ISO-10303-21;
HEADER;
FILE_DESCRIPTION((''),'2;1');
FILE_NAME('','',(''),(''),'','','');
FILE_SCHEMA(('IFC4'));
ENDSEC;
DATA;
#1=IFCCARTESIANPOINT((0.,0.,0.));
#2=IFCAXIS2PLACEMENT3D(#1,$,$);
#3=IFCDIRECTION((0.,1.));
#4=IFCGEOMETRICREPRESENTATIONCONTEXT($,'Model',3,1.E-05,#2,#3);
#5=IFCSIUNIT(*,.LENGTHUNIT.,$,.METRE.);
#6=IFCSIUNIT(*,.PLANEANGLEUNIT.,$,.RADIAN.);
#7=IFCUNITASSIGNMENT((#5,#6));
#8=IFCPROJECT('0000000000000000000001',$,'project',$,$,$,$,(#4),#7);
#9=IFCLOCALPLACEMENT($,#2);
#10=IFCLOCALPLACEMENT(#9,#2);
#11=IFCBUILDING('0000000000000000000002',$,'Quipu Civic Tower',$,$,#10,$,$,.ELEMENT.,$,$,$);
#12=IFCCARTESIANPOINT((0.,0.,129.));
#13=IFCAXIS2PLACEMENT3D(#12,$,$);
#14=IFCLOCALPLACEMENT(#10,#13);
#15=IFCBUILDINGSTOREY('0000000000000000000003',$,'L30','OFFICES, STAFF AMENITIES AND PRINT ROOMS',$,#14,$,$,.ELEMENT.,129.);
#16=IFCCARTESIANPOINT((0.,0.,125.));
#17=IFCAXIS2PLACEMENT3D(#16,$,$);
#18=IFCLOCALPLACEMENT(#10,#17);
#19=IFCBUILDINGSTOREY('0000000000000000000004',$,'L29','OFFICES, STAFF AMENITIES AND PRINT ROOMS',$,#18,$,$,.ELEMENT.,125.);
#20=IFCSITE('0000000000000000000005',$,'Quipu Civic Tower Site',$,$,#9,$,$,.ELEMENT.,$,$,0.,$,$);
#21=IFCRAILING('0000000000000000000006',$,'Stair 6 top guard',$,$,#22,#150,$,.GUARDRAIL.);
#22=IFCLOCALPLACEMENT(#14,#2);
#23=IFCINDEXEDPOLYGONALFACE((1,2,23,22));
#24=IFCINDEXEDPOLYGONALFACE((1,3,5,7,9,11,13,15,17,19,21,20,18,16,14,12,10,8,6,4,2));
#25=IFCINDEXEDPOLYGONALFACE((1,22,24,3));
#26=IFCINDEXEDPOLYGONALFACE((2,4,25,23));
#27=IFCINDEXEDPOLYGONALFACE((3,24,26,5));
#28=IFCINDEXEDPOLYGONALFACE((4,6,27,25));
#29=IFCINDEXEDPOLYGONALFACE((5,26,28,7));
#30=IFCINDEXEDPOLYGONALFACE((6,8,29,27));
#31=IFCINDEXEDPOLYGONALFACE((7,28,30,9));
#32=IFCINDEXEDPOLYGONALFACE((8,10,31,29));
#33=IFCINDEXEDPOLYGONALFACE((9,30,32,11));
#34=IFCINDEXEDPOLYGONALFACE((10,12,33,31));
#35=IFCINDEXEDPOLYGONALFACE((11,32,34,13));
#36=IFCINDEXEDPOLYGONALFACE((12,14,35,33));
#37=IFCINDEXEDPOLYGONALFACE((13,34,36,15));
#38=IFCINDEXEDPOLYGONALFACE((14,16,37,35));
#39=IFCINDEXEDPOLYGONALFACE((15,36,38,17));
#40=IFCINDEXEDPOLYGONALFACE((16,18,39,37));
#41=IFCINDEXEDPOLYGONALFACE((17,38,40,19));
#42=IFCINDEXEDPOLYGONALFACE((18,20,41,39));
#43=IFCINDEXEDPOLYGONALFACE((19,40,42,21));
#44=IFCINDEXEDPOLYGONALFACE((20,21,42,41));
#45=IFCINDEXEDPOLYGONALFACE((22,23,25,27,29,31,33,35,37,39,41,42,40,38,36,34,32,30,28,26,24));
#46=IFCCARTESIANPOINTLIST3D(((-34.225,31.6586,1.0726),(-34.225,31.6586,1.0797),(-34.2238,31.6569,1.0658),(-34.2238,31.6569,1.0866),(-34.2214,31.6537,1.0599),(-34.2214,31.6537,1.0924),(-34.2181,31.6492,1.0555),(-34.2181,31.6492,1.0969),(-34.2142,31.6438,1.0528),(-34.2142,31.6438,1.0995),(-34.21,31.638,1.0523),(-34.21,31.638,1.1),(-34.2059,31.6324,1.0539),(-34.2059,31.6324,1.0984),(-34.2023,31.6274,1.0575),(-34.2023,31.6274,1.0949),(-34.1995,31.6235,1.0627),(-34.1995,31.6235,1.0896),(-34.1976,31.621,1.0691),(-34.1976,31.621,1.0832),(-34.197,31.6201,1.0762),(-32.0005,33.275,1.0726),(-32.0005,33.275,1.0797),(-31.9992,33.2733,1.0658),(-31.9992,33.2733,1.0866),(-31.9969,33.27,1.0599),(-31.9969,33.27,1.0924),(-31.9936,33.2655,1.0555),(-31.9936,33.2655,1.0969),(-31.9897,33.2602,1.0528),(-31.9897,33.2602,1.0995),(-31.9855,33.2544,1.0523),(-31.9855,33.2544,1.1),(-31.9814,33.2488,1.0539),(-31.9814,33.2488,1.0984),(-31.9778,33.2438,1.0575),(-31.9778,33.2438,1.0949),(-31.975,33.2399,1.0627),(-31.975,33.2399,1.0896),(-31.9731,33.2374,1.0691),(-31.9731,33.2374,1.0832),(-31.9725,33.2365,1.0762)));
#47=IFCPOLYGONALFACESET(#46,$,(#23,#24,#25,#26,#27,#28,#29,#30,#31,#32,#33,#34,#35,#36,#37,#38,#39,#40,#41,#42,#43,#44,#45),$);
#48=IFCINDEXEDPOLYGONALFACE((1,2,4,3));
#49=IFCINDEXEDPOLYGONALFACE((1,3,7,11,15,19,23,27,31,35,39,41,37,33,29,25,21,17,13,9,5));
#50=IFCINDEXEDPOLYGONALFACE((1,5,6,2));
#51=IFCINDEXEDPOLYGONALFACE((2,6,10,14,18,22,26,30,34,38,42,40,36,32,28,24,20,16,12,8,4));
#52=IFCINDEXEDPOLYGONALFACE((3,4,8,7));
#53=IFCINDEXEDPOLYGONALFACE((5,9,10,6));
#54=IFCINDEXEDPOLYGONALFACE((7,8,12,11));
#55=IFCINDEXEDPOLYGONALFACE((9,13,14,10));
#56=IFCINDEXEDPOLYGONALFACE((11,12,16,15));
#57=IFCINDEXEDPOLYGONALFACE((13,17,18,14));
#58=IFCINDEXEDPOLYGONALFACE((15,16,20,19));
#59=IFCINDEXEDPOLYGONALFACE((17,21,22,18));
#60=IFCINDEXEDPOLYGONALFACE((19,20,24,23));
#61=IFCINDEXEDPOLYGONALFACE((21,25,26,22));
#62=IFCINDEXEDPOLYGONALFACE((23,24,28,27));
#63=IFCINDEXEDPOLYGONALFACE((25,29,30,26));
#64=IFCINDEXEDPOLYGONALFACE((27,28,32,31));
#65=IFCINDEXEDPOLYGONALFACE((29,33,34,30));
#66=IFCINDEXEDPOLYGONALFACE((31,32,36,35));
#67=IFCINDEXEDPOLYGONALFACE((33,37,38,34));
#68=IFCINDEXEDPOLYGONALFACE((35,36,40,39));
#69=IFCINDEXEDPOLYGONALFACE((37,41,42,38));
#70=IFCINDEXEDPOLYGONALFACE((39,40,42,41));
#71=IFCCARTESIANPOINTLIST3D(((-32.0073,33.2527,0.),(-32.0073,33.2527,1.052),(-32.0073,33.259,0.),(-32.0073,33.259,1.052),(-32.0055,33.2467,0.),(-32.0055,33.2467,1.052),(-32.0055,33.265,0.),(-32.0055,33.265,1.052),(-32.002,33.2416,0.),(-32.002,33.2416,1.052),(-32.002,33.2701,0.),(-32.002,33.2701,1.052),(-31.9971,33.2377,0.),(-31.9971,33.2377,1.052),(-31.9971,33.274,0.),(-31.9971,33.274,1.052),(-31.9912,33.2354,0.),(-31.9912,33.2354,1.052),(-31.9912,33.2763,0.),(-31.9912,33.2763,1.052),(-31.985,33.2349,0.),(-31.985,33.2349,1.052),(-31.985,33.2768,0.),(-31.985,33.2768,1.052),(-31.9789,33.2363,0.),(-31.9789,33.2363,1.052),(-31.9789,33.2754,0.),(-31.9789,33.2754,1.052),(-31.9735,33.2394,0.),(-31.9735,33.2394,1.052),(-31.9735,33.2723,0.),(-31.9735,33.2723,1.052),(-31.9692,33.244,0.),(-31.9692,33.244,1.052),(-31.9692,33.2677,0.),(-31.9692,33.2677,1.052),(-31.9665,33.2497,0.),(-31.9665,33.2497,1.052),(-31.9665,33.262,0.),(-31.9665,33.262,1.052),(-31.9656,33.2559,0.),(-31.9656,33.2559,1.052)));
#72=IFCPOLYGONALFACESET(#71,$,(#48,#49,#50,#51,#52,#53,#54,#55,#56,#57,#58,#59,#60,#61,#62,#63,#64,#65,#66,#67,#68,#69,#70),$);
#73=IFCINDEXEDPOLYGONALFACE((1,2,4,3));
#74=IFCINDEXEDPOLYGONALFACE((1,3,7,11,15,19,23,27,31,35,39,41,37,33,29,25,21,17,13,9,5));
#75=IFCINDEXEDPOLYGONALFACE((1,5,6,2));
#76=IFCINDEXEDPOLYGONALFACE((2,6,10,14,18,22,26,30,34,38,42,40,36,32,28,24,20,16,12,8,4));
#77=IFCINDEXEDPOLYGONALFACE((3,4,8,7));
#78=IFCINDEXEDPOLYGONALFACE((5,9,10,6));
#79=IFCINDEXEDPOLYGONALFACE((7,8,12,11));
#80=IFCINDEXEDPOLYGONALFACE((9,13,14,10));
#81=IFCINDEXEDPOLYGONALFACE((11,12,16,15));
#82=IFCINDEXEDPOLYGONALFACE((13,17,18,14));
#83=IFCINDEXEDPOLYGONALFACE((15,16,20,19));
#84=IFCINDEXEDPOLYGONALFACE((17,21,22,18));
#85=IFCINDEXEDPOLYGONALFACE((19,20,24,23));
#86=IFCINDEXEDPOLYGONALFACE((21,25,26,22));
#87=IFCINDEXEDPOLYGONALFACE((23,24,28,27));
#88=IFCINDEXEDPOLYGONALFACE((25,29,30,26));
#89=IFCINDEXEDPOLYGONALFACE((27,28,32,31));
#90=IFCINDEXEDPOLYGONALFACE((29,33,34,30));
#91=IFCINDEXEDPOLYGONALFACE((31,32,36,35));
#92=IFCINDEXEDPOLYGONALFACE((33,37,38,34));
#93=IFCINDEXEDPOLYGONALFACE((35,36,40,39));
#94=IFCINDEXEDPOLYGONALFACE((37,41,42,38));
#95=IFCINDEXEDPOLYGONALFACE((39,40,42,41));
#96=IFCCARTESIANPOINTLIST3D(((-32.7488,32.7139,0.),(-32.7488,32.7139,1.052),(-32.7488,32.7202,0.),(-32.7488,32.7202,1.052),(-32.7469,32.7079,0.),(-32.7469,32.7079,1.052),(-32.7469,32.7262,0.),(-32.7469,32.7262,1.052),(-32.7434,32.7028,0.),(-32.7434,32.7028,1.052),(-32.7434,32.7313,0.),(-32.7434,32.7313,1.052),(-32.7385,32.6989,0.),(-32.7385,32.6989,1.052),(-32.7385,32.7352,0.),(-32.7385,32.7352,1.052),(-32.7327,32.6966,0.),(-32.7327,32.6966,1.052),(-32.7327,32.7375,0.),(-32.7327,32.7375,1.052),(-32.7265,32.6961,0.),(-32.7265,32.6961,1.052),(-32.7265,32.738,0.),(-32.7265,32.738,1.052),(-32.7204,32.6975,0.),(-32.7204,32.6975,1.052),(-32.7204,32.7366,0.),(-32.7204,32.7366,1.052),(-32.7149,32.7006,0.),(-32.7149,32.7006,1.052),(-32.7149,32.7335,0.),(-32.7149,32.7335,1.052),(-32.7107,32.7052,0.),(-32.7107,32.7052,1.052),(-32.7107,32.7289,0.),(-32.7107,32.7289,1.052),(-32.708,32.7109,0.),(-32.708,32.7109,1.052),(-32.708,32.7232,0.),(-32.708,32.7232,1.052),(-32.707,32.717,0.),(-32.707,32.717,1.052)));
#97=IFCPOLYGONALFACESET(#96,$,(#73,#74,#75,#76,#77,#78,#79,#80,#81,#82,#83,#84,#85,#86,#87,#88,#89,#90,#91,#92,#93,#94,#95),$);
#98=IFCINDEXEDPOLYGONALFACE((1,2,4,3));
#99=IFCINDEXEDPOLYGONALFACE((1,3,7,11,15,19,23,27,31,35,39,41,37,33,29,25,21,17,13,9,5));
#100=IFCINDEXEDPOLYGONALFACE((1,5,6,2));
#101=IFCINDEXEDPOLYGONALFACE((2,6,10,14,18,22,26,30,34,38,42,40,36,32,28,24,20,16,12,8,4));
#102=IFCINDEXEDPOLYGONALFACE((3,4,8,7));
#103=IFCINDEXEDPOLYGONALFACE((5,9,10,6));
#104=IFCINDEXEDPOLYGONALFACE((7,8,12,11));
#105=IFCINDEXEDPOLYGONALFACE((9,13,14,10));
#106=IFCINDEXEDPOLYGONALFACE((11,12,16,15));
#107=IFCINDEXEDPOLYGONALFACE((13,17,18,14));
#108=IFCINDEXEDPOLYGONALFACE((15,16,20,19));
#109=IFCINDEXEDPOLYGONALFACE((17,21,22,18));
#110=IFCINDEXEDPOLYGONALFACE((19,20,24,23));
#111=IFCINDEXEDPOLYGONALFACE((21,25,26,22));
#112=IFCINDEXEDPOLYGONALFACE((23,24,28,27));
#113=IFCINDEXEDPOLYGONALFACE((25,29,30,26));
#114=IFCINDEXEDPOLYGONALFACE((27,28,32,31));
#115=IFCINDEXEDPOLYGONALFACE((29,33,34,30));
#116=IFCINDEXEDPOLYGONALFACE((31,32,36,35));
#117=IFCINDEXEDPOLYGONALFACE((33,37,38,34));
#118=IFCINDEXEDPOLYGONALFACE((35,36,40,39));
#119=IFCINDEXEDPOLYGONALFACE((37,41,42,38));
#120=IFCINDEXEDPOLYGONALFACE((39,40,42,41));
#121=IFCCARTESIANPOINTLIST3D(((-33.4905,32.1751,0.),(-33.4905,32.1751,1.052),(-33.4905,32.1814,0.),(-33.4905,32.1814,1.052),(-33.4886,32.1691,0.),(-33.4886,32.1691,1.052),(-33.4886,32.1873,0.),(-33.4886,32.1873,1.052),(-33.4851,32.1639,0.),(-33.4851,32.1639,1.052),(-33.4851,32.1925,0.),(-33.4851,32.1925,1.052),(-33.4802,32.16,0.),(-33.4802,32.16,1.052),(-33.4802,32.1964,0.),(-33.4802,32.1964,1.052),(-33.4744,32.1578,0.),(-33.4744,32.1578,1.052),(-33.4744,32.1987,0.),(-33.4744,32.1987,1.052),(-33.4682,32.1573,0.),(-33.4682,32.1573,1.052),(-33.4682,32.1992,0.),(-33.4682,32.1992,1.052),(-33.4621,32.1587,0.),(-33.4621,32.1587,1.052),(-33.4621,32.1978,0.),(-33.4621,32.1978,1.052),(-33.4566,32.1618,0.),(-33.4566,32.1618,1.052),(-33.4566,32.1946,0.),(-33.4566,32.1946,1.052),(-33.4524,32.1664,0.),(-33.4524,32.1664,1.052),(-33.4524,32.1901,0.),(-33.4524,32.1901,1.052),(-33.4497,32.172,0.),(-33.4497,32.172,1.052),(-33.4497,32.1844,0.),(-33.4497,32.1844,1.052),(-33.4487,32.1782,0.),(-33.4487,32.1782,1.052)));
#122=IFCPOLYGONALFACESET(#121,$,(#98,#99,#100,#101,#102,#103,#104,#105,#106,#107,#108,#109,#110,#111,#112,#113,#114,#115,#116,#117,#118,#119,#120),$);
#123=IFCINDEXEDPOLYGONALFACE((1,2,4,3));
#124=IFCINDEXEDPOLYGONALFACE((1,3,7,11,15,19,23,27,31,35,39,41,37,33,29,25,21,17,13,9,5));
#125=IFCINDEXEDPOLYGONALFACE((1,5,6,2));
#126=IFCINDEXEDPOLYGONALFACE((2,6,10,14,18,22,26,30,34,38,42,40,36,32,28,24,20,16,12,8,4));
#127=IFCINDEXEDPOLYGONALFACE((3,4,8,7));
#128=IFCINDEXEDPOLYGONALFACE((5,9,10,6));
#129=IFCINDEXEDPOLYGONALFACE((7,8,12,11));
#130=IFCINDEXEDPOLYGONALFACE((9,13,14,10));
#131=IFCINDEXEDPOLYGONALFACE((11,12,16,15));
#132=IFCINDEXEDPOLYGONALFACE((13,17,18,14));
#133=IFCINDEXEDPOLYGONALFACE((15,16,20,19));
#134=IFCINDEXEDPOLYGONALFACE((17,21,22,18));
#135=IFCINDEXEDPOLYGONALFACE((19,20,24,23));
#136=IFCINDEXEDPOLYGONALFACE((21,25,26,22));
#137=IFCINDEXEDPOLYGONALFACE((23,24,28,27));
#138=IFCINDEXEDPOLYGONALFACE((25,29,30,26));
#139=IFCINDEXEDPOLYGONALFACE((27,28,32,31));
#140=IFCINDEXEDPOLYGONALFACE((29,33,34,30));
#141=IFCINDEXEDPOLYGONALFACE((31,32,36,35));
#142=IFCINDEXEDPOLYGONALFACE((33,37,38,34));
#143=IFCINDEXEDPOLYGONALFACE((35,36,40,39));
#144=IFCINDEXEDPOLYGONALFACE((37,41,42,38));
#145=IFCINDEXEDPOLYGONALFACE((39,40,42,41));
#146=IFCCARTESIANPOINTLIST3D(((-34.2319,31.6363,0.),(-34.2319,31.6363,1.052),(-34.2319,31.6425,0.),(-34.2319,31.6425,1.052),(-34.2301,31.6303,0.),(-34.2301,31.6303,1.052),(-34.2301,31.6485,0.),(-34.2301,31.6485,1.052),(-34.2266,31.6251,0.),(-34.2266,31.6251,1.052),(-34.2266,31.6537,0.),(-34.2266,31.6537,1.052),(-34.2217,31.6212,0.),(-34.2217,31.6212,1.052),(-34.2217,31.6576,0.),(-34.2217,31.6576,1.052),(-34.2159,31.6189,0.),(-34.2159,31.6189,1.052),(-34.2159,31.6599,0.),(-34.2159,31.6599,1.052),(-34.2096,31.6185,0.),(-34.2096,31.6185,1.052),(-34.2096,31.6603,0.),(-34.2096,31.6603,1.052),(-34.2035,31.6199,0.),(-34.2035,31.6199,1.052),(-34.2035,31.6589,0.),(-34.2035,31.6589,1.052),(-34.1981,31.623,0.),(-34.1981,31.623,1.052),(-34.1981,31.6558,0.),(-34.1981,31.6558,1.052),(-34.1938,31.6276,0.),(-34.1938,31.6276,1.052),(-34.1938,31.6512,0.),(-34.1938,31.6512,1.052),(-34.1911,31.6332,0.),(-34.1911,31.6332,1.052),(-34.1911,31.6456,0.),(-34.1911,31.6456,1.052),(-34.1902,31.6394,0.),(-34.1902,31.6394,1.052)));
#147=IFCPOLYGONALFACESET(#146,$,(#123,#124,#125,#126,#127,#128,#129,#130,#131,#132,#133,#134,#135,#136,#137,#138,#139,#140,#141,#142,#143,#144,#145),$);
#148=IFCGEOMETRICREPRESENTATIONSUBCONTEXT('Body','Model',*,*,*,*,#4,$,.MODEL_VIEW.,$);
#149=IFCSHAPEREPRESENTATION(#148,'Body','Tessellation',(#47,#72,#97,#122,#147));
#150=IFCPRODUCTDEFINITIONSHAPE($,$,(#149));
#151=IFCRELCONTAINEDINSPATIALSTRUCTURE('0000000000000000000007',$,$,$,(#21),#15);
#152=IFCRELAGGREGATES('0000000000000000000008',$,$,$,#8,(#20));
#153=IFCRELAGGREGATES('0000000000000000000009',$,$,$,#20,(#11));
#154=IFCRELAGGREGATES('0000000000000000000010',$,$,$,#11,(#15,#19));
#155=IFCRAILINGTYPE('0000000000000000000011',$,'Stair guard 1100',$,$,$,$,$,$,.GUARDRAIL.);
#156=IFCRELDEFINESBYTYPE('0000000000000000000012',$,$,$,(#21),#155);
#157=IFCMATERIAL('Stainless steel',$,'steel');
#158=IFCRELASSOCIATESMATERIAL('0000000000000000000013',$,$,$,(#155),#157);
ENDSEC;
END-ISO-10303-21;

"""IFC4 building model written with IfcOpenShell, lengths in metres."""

from ifc_helpers import new_model, si_unit, direction, frame, origin, origin_2d, place, context, subcontext, project, spatial, circle, extrude, material, type_object, element, save


model = new_model("IFC4")

# Units and contexts
model_context = context("Model", 3, precision=1e-05, world=origin(), true_north=direction((0.0, 1.0)))
body_context = subcontext(model_context, "Body", "Model", "MODEL_VIEW")
ifc_project = project(units=[si_unit("LENGTHUNIT", "METRE"), si_unit("PLANEANGLEUNIT", "RADIAN")], contexts=[model_context])

# Site, building, storey
site_placement = place(None, origin())
site = spatial("IfcSite", under=ifc_project, at=site_placement, Name="Quipu Civic Tower Site", CompositionType="ELEMENT", RefElevation=0.0)
building_placement = place(site_placement, origin())
building = spatial("IfcBuilding", under=site, at=building_placement, Name="Quipu Civic Tower", CompositionType="ELEMENT")
storey_1_placement = place(building_placement, frame((0.0, 0.0, 129.0)))
storey_1 = spatial("IfcBuildingStorey", under=building, at=storey_1_placement, Name="L30", Description="OFFICES, STAFF AMENITIES AND PRINT ROOMS", CompositionType="ELEMENT", Elevation=129.0)

# Shared definitions
storey_2_placement = place(building_placement, frame((0.0, 0.0, 125.0)))
storey_2 = spatial("IfcBuildingStorey", under=building, at=storey_2_placement, Name="L29", Description="OFFICES, STAFF AMENITIES AND PRINT ROOMS", CompositionType="ELEMENT", Elevation=125.0)

# Railing
ifc_material_1 = material(Name="Stainless steel", Category="steel")
railing_type = type_object("IfcRailingType", Name="Stair guard 1100", PredefinedType="GUARDRAIL", material=ifc_material_1)
railing_placement = place(storey_1_placement, frame((-31.9866, 33.2559, 0.0)))
element("IfcRailing", 1, at=railing_placement, inside=storey_1, type_object=railing_type, Name="Stair 6 top guard", PredefinedType="GUARDRAIL", context=body_context, shape_type="SweptSolid", body=[
    extrude(circle(Radius=0.0239, at=origin_2d()), frame((0.0, 0.0, 1.0762), z_axis=(-0.808986, -0.587829, 0.0), x_axis=(0.587829, -0.808986, 0.0)), (0.0, 0.0, 1.0), 2.7498),
    extrude(circle(Radius=0.021, at=origin_2d()), origin(), (0.0, 0.0, 1.0), 1.052),
    extrude(circle(Radius=0.021, at=origin_2d()), frame((-0.7415, -0.5388, 0.0)), (0.0, 0.0, 1.0), 1.052),
    extrude(circle(Radius=0.021, at=origin_2d()), frame((-1.4832, -1.0776, 0.0)), (0.0, 0.0, 1.0), 1.052),
    extrude(circle(Radius=0.021, at=origin_2d()), frame((-2.2246, -1.6165, 0.0)), (0.0, 0.0, 1.0), 1.052),
])

save(model, "model.ifc")
